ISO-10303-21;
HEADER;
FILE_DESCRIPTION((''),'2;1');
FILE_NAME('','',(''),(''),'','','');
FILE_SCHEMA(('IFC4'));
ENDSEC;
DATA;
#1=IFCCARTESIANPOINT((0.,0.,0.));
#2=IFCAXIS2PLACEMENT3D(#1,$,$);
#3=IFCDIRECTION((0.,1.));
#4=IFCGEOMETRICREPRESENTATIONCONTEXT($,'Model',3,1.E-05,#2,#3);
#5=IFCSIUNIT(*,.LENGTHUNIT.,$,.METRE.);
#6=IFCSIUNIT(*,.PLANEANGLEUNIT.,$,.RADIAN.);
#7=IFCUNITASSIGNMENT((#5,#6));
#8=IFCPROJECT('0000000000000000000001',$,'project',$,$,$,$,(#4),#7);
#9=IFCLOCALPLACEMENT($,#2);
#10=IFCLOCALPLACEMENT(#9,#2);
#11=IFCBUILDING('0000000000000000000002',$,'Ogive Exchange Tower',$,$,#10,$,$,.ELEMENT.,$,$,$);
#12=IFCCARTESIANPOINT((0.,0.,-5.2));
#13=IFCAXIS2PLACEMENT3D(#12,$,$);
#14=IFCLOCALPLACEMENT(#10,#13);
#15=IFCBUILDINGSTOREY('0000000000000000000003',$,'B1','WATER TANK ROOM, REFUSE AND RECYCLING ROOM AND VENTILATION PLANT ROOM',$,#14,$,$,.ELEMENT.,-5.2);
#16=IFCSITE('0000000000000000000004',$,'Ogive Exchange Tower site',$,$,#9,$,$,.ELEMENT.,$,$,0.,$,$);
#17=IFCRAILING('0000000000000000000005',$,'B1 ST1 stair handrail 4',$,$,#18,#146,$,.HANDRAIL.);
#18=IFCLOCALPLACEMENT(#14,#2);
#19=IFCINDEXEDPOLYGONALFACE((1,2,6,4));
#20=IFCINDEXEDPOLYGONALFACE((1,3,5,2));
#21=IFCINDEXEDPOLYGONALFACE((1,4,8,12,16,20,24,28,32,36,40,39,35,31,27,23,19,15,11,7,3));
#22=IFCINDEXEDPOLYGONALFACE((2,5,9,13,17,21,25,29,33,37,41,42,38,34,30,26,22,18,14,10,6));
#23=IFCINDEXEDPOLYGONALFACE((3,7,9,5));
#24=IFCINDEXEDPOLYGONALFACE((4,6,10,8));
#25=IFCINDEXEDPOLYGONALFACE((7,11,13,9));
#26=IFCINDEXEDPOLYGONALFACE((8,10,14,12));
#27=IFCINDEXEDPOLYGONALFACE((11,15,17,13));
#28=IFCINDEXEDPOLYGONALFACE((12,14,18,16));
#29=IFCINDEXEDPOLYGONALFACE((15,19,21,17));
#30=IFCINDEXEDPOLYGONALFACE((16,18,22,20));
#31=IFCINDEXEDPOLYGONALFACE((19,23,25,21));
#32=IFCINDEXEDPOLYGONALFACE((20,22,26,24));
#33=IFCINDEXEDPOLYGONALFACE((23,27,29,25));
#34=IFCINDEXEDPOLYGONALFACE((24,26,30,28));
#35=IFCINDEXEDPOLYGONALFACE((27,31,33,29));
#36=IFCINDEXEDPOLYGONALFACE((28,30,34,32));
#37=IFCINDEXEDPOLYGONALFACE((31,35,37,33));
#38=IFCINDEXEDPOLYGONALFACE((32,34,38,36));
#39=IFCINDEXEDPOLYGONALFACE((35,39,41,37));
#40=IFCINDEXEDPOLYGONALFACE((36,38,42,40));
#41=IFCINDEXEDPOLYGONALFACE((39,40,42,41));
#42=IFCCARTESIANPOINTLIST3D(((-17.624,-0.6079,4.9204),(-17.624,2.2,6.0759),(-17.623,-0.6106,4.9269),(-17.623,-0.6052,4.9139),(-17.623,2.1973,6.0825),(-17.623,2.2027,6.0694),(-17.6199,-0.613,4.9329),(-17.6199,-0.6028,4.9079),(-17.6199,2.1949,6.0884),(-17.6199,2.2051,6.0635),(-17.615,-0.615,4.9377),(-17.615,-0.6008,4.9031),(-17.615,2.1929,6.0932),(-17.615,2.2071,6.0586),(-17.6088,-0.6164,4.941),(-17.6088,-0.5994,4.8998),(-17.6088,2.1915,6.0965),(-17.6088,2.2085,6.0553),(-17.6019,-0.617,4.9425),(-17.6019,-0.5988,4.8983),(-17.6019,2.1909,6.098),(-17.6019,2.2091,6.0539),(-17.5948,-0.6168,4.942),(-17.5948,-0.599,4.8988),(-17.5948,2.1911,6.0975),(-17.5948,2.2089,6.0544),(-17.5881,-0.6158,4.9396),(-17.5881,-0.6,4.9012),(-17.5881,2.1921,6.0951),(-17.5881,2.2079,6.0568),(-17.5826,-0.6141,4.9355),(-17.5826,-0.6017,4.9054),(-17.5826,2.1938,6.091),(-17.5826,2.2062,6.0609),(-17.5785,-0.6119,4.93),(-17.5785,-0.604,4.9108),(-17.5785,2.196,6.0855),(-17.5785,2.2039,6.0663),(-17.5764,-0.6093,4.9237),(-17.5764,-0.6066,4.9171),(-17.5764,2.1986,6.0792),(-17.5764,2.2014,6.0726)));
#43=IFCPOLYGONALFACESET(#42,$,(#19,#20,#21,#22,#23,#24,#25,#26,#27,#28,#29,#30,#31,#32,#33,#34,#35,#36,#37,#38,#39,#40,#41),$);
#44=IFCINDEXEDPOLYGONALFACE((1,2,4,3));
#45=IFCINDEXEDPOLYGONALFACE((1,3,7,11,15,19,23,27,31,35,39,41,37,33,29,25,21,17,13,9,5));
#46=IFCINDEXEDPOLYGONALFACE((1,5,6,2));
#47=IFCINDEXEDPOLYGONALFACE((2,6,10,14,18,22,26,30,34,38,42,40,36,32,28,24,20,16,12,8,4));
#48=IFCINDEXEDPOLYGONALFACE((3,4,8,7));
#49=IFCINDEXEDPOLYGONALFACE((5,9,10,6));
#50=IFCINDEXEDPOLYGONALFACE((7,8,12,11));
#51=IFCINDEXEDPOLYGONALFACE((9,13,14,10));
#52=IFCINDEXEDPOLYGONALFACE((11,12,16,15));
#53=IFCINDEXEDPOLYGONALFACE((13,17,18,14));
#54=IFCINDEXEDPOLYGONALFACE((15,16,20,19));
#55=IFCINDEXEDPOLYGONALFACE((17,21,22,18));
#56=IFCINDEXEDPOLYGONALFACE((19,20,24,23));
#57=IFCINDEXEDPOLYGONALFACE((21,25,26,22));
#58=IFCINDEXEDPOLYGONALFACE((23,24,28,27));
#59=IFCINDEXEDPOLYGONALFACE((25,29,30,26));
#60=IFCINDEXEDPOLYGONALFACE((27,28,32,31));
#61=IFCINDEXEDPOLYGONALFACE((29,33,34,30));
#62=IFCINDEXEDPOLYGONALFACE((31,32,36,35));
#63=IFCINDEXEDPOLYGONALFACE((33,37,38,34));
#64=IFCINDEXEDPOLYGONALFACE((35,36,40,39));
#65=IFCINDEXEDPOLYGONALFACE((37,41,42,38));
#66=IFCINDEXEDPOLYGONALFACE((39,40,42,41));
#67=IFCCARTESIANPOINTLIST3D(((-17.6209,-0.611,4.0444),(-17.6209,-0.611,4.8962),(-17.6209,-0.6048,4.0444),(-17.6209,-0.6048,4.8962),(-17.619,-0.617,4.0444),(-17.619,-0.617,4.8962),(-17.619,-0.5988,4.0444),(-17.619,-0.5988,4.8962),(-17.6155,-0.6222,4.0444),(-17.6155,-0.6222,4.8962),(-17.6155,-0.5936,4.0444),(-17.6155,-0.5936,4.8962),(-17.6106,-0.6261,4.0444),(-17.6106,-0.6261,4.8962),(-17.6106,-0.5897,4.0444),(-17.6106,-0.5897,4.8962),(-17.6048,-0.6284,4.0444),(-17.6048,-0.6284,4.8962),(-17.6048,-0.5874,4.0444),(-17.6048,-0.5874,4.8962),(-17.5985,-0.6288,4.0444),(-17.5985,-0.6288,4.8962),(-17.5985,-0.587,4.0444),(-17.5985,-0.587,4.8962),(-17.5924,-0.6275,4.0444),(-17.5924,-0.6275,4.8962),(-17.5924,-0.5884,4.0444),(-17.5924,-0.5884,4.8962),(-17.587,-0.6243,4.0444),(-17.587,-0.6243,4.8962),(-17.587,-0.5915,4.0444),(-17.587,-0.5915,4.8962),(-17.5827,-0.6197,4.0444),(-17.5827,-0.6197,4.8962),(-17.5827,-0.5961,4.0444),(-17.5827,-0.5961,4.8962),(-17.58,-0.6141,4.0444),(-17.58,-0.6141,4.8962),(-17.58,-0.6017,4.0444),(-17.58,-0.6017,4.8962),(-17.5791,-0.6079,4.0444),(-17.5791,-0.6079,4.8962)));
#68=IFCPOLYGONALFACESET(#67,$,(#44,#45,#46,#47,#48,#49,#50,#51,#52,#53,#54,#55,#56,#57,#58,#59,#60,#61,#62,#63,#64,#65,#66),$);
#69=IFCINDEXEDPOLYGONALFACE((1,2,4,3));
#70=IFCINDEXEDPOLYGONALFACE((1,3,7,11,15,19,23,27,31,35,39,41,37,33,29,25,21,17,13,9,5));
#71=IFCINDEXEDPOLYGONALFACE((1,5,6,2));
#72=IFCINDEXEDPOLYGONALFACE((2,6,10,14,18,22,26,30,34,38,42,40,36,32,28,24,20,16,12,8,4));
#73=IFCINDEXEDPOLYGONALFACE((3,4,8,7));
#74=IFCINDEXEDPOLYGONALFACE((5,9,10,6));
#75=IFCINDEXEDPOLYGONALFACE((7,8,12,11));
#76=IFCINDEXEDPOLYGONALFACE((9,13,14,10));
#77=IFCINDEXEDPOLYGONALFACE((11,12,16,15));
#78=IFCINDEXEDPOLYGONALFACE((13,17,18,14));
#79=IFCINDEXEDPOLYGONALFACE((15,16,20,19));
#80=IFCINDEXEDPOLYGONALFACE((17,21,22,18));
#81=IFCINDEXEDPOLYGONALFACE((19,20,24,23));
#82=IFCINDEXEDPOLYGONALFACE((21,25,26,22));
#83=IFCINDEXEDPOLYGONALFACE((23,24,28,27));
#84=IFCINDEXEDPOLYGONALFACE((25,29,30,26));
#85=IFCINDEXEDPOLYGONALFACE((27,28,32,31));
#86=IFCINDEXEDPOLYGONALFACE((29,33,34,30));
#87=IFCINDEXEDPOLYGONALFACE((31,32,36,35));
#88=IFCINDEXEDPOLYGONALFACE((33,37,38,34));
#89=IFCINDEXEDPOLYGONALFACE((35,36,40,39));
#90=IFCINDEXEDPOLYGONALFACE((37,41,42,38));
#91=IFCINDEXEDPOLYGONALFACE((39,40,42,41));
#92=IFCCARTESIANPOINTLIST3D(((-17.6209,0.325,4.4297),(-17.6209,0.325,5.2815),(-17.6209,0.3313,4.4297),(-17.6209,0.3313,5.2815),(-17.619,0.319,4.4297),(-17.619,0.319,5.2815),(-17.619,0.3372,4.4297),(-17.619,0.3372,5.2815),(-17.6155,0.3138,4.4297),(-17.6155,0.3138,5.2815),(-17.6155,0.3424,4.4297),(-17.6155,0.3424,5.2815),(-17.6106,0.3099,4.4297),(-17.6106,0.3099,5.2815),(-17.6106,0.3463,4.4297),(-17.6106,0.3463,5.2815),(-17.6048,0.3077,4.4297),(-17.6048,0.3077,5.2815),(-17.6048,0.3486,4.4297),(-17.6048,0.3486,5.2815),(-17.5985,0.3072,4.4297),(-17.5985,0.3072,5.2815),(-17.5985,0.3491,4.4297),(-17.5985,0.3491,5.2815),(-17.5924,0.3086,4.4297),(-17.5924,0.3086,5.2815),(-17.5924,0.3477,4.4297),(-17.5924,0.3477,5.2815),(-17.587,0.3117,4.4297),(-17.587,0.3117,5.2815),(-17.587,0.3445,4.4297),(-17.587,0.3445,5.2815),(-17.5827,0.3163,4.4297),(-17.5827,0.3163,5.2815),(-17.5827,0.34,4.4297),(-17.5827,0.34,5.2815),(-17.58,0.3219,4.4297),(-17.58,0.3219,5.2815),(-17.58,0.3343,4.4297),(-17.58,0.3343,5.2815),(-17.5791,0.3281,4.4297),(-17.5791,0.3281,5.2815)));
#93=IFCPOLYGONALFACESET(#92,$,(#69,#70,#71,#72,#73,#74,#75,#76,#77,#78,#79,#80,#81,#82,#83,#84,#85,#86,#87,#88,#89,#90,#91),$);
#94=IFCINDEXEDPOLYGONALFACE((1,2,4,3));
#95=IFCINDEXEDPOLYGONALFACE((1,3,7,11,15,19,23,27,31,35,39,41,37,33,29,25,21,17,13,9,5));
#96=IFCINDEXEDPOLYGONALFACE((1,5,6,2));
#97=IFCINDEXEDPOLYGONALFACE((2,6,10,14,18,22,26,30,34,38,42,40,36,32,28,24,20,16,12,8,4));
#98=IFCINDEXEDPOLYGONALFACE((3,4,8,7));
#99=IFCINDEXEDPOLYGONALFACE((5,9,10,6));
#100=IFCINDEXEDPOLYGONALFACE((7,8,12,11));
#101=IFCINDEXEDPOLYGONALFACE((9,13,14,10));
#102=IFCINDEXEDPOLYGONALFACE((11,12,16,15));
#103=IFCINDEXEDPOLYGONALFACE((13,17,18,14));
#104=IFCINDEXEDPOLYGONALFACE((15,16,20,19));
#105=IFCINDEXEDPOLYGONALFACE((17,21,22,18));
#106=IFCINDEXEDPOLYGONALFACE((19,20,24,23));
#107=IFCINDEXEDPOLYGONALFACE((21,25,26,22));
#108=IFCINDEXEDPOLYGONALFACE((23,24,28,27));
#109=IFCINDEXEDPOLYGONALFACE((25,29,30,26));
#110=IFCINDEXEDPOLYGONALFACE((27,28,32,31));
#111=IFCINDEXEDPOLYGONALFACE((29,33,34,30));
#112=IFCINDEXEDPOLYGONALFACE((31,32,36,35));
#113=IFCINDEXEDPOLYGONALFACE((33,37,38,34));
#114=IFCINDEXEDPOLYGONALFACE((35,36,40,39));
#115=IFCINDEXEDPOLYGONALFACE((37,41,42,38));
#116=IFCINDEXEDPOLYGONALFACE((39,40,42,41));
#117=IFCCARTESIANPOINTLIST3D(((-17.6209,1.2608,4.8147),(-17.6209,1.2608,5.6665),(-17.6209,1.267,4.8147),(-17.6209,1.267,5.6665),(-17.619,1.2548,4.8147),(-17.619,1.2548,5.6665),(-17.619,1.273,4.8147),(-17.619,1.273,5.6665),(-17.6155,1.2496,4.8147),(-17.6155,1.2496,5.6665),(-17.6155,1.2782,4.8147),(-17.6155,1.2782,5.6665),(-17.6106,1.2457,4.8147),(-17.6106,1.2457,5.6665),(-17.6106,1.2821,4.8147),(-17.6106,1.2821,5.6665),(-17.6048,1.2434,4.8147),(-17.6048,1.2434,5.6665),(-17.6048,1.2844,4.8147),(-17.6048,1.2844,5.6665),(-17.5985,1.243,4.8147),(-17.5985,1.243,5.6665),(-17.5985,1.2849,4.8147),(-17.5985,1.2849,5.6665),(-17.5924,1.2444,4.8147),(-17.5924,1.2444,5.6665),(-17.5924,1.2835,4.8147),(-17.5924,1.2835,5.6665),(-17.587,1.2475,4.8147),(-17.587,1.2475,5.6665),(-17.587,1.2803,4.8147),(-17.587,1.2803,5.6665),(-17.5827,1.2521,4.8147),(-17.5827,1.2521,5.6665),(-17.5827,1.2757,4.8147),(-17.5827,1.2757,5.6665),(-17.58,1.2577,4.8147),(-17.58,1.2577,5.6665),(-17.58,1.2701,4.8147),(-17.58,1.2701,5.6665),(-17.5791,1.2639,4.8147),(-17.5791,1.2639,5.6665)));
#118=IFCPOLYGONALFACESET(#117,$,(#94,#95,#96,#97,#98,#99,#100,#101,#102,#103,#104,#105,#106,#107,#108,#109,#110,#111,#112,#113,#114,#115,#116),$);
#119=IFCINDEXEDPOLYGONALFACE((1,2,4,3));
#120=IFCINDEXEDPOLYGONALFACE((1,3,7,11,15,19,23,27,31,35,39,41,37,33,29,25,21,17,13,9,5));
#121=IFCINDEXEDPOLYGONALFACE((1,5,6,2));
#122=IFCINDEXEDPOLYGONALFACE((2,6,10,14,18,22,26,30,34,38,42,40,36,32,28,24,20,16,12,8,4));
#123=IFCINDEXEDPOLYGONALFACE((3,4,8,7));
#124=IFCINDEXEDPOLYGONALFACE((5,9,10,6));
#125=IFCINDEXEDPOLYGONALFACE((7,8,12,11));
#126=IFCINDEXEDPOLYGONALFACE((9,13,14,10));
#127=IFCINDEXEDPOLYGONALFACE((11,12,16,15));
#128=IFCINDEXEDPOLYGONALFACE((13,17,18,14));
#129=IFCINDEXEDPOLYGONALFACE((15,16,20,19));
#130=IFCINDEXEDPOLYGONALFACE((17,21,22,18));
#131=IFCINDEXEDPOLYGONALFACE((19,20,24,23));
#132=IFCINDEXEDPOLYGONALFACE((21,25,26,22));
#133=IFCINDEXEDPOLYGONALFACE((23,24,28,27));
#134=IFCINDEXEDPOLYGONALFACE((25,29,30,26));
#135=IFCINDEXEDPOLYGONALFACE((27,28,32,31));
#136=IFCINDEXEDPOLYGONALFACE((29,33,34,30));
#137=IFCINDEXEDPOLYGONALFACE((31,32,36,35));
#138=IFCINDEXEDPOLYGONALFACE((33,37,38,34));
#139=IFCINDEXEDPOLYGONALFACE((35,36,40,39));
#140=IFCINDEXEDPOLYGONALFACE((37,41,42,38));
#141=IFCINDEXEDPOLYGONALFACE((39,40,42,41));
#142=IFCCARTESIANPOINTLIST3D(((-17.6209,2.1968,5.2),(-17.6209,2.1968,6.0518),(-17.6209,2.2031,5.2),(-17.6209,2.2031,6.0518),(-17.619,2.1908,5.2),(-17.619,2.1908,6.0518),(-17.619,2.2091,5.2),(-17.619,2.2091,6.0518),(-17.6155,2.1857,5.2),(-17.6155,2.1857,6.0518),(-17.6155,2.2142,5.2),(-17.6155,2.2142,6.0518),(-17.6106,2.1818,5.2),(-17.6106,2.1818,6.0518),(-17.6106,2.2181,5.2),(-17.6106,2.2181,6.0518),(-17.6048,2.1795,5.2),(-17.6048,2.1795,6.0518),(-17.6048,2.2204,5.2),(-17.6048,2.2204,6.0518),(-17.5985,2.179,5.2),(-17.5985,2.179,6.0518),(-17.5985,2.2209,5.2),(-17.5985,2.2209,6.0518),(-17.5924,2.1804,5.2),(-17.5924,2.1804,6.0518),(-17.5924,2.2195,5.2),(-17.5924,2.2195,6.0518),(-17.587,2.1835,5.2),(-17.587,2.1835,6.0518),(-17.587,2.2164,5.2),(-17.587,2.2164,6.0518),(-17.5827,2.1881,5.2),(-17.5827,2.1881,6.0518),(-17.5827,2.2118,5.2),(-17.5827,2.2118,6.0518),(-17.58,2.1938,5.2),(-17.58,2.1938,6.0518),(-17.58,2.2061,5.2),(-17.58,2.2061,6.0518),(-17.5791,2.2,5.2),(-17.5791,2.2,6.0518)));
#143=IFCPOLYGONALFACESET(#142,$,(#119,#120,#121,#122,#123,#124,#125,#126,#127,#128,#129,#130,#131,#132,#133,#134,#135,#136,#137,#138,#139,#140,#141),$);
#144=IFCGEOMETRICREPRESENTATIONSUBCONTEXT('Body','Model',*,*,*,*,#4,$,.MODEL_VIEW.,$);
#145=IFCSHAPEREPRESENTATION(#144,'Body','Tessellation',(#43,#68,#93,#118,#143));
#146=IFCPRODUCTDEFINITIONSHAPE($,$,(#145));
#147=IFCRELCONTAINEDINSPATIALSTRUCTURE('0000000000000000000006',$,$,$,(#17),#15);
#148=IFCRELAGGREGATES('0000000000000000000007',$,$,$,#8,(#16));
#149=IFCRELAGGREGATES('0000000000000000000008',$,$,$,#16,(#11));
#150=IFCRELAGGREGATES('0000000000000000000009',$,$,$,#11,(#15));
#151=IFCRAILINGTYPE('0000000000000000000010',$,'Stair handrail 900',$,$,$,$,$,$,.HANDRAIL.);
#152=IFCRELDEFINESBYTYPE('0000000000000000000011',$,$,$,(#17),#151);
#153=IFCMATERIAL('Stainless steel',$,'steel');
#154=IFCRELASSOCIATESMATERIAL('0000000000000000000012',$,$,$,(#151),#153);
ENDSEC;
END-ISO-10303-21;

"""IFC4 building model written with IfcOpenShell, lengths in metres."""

from ifc_helpers import new_model, si_unit, direction, frame, origin, origin_2d, place, context, subcontext, project, spatial, circle, extrude, material, type_object, element, save


model = new_model("IFC4")

# Units and contexts
model_context = context("Model", 3, precision=1e-05, world=origin(), true_north=direction((0.0, 1.0)))
body_context = subcontext(model_context, "Body", "Model", "MODEL_VIEW")
ifc_project = project(units=[si_unit("LENGTHUNIT", "METRE"), si_unit("PLANEANGLEUNIT", "RADIAN")], contexts=[model_context])

# Site, building, storey
site_placement = place(None, origin())
site = spatial("IfcSite", under=ifc_project, at=site_placement, Name="Ogive Exchange Tower site", CompositionType="ELEMENT", RefElevation=0.0)
building_placement = place(site_placement, origin())
building = spatial("IfcBuilding", under=site, at=building_placement, Name="Ogive Exchange Tower", CompositionType="ELEMENT")
storey_placement = place(building_placement, frame((0.0, 0.0, -5.2)))
storey = spatial("IfcBuildingStorey", under=building, at=storey_placement, Name="B1", Description="WATER TANK ROOM, REFUSE AND RECYCLING ROOM AND VENTILATION PLANT ROOM", CompositionType="ELEMENT", Elevation=-5.2)

# Shared definitions
ifc_material_1 = material(Name="Stainless steel", Category="steel")

# Railing
railing_type = type_object("IfcRailingType", Name="Stair handrail 900", PredefinedType="HANDRAIL", material=ifc_material_1)
railing_1_placement = place(storey_placement, frame((-17.6001, -0.6079, 4.0444)))
element("IfcRailing", 1, at=railing_1_placement, inside=storey, type_object=railing_type, Name="B1 ST1 stair handrail 4", PredefinedType="HANDRAIL", context=body_context, shape_type="SweptSolid", body=[
    extrude(circle(Radius=0.0239, at=origin_2d()), frame((0.0, 0.0, 0.876), z_axis=(0.0, 0.924755, 0.380564), x_axis=(-1.0, 0.0, 0.0)), (0.0, 0.0, 1.0), 3.0364),
    extrude(circle(Radius=0.021, at=origin_2d()), origin(), (0.0, 0.0, 1.0), 0.8518),
    extrude(circle(Radius=0.021, at=origin_2d()), frame((0.0, 0.936, 0.3853)), (0.0, 0.0, 1.0), 0.8518),
    extrude(circle(Radius=0.021, at=origin_2d()), frame((0.0, 1.8718, 0.7703)), (0.0, 0.0, 1.0), 0.8518),
    extrude(circle(Radius=0.021, at=origin_2d()), frame((0.0, 2.8079, 1.1555)), (0.0, 0.0, 1.0), 0.8518),
])

save(model, "model.ifc")
